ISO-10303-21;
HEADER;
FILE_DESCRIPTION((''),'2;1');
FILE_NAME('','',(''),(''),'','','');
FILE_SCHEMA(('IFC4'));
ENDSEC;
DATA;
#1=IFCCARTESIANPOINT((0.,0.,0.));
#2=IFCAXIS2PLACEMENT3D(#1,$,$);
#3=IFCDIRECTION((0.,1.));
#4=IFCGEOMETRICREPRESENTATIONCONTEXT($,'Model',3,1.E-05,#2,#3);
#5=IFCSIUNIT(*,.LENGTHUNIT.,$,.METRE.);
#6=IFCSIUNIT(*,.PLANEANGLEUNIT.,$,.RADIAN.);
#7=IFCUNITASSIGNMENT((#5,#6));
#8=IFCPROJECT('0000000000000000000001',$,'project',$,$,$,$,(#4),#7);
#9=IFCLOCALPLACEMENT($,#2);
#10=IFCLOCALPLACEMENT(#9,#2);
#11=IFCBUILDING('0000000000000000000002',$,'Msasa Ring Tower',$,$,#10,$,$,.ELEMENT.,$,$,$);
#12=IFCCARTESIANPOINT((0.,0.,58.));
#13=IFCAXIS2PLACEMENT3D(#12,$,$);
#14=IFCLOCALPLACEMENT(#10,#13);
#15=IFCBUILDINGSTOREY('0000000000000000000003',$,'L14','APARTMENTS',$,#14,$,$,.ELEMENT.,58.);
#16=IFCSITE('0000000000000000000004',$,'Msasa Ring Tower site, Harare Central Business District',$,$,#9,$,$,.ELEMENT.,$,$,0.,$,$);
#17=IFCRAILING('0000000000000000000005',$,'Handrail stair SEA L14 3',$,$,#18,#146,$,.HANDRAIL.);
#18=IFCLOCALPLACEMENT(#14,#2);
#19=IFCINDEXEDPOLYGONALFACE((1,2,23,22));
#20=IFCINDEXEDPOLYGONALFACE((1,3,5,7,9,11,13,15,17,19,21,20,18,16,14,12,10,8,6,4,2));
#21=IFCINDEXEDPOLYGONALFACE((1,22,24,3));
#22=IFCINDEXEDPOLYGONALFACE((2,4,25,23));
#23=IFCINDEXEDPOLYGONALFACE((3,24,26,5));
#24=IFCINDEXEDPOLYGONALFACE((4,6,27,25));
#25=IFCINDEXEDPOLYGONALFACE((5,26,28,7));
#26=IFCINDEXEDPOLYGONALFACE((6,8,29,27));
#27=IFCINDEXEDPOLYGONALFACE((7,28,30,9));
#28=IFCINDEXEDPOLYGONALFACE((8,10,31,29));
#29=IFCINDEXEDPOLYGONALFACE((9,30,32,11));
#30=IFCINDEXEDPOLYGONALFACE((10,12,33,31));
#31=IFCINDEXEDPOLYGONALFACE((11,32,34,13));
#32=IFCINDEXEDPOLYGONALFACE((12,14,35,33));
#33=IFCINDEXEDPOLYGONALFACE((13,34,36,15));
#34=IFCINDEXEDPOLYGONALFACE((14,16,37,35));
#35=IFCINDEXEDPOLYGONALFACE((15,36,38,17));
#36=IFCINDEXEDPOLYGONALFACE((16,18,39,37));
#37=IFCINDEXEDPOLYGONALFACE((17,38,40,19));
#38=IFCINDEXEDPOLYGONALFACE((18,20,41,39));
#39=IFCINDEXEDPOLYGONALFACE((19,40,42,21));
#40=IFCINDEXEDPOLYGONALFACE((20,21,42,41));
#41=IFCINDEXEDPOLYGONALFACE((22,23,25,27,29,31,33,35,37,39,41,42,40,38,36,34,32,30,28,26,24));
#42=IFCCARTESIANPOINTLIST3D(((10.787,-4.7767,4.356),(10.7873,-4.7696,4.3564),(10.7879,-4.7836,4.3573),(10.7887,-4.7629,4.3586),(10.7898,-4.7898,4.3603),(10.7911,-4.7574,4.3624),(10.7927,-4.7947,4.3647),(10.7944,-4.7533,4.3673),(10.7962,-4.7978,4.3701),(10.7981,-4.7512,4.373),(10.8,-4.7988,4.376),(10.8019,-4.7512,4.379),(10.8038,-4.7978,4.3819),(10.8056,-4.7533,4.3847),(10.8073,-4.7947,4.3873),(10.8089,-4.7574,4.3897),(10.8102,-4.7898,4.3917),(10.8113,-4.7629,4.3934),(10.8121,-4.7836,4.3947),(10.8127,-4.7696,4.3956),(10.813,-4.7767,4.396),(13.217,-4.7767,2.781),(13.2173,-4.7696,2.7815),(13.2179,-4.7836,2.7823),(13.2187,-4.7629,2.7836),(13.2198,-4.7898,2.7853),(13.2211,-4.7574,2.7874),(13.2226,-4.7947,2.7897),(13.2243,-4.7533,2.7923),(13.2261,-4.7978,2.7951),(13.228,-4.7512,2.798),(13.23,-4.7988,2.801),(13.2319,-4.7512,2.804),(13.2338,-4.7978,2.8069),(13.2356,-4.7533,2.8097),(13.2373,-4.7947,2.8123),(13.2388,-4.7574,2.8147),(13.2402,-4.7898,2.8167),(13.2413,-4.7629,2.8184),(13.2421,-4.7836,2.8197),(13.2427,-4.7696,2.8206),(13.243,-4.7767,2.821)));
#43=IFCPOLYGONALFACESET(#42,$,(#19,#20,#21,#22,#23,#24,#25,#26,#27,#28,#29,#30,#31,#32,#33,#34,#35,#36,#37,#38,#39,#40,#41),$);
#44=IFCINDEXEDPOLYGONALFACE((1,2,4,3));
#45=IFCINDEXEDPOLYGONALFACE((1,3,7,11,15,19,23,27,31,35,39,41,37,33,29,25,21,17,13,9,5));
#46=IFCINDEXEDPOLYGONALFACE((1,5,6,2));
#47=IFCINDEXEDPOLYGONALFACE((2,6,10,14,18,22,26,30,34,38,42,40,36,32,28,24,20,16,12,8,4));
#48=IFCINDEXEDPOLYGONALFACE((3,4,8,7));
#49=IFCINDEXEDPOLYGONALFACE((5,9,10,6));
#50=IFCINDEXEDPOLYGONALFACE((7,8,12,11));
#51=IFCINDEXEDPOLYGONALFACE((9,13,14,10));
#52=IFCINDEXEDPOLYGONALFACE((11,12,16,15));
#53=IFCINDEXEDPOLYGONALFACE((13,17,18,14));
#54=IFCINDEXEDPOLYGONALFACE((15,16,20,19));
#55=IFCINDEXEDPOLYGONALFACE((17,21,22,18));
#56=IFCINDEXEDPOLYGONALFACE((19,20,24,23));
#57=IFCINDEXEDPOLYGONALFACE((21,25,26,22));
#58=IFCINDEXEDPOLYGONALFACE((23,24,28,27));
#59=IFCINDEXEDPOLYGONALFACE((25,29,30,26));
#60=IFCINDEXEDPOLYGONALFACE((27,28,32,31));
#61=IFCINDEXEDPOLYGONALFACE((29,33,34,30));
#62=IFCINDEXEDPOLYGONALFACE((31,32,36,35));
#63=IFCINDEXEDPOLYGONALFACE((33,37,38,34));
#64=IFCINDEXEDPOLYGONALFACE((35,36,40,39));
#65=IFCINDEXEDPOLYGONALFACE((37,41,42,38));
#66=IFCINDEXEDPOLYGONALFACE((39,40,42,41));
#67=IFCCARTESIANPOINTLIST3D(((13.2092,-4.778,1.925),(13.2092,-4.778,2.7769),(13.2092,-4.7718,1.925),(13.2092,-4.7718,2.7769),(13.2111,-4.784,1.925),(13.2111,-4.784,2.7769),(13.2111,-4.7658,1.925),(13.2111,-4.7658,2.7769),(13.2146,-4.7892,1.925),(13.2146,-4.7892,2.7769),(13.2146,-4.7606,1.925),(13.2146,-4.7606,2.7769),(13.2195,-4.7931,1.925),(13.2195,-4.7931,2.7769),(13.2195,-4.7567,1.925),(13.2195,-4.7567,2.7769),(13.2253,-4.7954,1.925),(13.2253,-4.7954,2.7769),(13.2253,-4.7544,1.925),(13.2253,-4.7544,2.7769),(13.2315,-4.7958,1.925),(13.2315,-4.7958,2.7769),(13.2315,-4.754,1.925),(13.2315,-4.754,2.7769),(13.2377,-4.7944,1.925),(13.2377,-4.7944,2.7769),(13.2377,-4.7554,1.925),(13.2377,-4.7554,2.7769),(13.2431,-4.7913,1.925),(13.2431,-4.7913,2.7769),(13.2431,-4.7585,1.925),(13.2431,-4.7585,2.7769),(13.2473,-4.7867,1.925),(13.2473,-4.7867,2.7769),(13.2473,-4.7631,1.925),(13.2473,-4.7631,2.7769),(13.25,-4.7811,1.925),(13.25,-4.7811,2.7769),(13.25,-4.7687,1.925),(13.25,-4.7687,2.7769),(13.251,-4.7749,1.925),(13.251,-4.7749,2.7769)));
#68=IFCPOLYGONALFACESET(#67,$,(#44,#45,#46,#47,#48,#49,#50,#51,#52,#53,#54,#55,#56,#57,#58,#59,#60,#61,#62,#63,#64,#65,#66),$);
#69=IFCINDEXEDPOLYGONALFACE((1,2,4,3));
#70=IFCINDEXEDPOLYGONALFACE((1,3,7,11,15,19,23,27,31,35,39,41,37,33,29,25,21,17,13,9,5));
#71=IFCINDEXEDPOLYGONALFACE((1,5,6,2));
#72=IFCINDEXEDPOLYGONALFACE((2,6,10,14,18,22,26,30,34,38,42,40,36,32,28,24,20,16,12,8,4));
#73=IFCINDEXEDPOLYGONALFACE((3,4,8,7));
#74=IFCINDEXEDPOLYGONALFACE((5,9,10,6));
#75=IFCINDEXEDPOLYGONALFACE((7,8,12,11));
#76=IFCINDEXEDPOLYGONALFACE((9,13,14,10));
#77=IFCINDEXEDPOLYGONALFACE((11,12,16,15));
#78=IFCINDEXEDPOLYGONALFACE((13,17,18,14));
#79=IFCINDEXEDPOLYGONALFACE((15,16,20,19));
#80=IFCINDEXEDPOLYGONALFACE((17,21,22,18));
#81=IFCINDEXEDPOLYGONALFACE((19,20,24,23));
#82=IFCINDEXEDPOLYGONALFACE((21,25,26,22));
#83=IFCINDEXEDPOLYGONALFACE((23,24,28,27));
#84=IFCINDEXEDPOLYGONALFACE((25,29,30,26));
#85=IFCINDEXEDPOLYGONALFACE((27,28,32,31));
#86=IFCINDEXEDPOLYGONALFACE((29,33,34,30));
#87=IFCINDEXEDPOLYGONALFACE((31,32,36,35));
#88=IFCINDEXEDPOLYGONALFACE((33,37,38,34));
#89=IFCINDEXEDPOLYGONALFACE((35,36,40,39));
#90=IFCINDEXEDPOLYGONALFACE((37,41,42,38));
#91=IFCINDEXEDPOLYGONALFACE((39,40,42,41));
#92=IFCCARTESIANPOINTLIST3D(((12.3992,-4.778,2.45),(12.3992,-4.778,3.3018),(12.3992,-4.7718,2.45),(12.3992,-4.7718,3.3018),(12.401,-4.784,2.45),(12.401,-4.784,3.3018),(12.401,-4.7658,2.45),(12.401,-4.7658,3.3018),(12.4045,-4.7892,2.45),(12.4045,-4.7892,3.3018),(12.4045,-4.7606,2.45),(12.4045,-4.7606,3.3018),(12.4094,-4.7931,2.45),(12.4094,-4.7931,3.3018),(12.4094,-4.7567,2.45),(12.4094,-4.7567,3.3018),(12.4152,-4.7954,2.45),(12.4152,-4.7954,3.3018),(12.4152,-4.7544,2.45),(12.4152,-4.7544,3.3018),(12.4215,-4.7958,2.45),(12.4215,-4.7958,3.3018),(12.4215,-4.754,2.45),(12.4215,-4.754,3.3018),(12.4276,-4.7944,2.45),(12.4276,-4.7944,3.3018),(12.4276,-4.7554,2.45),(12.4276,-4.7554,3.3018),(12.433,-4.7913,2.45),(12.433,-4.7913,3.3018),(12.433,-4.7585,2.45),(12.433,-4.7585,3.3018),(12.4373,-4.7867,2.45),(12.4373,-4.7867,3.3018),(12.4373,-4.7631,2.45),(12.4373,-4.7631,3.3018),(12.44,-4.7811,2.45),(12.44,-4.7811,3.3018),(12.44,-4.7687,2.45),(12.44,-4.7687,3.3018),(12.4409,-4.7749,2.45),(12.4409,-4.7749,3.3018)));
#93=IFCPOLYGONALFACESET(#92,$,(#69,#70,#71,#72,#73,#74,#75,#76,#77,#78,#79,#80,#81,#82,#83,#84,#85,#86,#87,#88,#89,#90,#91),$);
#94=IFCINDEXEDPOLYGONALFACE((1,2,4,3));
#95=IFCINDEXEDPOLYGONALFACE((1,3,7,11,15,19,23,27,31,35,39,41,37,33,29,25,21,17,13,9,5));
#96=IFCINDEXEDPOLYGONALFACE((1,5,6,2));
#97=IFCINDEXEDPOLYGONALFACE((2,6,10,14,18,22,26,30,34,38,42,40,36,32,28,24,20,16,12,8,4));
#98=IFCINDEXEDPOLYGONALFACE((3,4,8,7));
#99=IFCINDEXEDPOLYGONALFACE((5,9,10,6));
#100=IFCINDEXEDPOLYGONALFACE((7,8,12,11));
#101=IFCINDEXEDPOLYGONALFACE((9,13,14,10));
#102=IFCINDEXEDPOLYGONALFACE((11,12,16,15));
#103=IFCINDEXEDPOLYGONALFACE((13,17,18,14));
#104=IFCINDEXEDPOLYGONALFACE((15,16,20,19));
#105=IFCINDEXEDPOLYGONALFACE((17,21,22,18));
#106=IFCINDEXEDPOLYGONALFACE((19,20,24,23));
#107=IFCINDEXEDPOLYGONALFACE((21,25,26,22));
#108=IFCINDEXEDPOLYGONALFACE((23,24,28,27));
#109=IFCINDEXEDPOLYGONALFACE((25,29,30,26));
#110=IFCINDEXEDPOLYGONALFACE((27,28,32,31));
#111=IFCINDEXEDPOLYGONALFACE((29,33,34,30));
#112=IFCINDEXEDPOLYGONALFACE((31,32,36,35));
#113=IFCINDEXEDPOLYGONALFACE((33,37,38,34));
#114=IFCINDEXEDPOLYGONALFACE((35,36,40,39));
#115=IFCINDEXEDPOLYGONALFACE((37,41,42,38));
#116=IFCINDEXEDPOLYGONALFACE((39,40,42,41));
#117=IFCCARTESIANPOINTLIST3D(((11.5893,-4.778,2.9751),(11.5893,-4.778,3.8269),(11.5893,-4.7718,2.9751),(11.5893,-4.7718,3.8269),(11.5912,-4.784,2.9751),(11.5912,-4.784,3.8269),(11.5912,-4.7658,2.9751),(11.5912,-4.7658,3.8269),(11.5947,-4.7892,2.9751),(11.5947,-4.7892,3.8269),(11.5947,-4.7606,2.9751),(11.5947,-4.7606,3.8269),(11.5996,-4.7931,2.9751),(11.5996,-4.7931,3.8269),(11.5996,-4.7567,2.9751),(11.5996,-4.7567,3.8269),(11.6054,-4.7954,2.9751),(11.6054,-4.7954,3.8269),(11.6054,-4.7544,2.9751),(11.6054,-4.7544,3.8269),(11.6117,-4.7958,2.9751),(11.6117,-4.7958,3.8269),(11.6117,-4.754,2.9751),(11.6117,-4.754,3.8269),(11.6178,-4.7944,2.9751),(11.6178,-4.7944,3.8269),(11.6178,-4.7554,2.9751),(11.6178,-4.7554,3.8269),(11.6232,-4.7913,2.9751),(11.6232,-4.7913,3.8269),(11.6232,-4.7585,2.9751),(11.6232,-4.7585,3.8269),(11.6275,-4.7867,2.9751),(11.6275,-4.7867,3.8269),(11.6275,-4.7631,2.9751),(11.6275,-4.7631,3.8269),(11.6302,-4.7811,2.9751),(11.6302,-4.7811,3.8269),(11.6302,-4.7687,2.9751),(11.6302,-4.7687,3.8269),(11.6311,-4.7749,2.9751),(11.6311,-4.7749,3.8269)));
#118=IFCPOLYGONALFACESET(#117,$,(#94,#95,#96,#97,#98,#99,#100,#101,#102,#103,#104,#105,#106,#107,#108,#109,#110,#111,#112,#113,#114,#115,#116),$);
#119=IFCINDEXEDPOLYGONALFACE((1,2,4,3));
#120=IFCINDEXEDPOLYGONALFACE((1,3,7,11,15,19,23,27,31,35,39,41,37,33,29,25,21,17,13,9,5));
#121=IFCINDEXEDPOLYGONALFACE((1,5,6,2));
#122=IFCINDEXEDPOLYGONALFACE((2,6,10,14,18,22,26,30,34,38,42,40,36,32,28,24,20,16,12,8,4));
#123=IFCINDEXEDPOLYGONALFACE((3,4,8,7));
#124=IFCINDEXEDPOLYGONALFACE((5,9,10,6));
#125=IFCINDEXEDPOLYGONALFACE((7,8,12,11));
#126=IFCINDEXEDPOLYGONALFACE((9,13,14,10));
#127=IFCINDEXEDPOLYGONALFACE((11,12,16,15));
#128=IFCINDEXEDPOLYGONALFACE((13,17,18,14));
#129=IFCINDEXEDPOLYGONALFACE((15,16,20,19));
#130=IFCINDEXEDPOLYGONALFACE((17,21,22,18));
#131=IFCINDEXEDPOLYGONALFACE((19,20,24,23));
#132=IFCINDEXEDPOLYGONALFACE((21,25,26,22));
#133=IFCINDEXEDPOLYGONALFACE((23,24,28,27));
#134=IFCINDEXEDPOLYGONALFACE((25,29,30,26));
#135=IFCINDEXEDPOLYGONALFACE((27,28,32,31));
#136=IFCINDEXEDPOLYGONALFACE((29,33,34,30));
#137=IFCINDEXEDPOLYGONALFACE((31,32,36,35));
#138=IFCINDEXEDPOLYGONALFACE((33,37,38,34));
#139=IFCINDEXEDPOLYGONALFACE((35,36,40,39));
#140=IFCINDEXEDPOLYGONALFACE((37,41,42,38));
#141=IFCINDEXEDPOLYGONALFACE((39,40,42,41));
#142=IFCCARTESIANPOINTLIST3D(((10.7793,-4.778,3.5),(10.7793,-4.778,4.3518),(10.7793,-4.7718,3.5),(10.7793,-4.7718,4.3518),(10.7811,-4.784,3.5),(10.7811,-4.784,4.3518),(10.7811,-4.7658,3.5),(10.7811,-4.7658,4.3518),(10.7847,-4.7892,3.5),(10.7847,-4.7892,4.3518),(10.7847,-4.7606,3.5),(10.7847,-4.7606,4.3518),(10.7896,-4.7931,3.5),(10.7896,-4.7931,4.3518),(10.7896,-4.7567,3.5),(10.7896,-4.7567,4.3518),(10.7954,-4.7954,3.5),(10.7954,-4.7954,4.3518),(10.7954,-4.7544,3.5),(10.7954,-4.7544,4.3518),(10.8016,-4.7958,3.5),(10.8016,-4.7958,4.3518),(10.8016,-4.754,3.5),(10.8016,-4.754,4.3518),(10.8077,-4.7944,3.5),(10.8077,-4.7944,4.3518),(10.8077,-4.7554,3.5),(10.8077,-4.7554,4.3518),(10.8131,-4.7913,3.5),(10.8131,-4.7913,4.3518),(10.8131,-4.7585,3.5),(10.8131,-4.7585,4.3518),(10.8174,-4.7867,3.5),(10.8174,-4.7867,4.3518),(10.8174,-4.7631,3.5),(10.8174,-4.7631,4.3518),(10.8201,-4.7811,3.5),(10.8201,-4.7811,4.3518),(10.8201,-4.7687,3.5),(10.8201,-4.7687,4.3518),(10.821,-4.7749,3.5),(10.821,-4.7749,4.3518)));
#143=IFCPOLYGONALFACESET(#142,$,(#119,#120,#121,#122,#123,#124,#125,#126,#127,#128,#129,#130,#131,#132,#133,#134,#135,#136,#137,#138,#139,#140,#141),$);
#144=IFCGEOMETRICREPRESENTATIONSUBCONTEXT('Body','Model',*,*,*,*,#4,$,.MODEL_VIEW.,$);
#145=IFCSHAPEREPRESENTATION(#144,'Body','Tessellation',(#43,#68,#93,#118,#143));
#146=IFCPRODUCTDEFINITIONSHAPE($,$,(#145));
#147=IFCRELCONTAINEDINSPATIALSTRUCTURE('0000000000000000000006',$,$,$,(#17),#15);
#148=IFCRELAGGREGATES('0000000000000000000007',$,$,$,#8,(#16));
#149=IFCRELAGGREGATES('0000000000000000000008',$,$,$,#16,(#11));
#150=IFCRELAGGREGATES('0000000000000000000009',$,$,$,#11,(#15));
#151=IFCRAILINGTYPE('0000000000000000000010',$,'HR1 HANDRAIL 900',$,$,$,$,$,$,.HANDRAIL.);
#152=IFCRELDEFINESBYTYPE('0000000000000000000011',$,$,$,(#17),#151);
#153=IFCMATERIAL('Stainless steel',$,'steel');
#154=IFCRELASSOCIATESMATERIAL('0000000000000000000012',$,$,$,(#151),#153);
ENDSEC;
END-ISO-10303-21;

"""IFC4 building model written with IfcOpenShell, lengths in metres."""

from ifc_helpers import new_model, si_unit, direction, frame, origin, origin_2d, place, context, subcontext, project, spatial, circle, extrude, material, type_object, element, save


model = new_model("IFC4")

# Units and contexts
model_context = context("Model", 3, precision=1e-05, world=origin(), true_north=direction((0.0, 1.0)))
body_context = subcontext(model_context, "Body", "Model", "MODEL_VIEW")
ifc_project = project(units=[si_unit("LENGTHUNIT", "METRE"), si_unit("PLANEANGLEUNIT", "RADIAN")], contexts=[model_context])

# Site, building, storey
site_placement = place(None, origin())
site = spatial("IfcSite", under=ifc_project, at=site_placement, Name="Msasa Ring Tower site, Harare Central Business District", CompositionType="ELEMENT", RefElevation=0.0)
building_placement = place(site_placement, origin())
building = spatial("IfcBuilding", under=site, at=building_placement, Name="Msasa Ring Tower", CompositionType="ELEMENT")
storey_placement = place(building_placement, frame((0.0, 0.0, 58.0)))
storey = spatial("IfcBuildingStorey", under=building, at=storey_placement, Name="L14", Description="APARTMENTS", CompositionType="ELEMENT", Elevation=58.0)

# Railing
ifc_material_1 = material(Name="Stainless steel", Category="steel")
railing_type = type_object("IfcRailingType", Name="HR1 HANDRAIL 900", PredefinedType="HANDRAIL", material=ifc_material_1)
railing_placement = place(storey_placement, frame((13.23, -4.7749, 1.925)))
element("IfcRailing", 1, at=railing_placement, inside=storey, type_object=railing_type, Name="Handrail stair SEA L14 3", PredefinedType="HANDRAIL", context=body_context, shape_type="SweptSolid", body=[
    extrude(circle(Radius=0.0239, at=origin_2d()), frame((0.0, 0.0, 0.876), z_axis=(-0.839154, 0.0, 0.543894), x_axis=(0.0, -1.0, 0.0)), (0.0, 0.0, 1.0), 2.8958),
    extrude(circle(Radius=0.021, at=origin_2d()), origin(), (0.0, 0.0, 1.0), 0.8518),
    extrude(circle(Radius=0.021, at=origin_2d()), frame((-0.8101, 0.0, 0.5249)), (0.0, 0.0, 1.0), 0.8518),
    extrude(circle(Radius=0.021, at=origin_2d()), frame((-1.6199, 0.0, 1.05)), (0.0, 0.0, 1.0), 0.8518),
    extrude(circle(Radius=0.021, at=origin_2d()), frame((-2.4299, 0.0, 1.575)), (0.0, 0.0, 1.0), 0.8518),
])

save(model, "model.ifc")
